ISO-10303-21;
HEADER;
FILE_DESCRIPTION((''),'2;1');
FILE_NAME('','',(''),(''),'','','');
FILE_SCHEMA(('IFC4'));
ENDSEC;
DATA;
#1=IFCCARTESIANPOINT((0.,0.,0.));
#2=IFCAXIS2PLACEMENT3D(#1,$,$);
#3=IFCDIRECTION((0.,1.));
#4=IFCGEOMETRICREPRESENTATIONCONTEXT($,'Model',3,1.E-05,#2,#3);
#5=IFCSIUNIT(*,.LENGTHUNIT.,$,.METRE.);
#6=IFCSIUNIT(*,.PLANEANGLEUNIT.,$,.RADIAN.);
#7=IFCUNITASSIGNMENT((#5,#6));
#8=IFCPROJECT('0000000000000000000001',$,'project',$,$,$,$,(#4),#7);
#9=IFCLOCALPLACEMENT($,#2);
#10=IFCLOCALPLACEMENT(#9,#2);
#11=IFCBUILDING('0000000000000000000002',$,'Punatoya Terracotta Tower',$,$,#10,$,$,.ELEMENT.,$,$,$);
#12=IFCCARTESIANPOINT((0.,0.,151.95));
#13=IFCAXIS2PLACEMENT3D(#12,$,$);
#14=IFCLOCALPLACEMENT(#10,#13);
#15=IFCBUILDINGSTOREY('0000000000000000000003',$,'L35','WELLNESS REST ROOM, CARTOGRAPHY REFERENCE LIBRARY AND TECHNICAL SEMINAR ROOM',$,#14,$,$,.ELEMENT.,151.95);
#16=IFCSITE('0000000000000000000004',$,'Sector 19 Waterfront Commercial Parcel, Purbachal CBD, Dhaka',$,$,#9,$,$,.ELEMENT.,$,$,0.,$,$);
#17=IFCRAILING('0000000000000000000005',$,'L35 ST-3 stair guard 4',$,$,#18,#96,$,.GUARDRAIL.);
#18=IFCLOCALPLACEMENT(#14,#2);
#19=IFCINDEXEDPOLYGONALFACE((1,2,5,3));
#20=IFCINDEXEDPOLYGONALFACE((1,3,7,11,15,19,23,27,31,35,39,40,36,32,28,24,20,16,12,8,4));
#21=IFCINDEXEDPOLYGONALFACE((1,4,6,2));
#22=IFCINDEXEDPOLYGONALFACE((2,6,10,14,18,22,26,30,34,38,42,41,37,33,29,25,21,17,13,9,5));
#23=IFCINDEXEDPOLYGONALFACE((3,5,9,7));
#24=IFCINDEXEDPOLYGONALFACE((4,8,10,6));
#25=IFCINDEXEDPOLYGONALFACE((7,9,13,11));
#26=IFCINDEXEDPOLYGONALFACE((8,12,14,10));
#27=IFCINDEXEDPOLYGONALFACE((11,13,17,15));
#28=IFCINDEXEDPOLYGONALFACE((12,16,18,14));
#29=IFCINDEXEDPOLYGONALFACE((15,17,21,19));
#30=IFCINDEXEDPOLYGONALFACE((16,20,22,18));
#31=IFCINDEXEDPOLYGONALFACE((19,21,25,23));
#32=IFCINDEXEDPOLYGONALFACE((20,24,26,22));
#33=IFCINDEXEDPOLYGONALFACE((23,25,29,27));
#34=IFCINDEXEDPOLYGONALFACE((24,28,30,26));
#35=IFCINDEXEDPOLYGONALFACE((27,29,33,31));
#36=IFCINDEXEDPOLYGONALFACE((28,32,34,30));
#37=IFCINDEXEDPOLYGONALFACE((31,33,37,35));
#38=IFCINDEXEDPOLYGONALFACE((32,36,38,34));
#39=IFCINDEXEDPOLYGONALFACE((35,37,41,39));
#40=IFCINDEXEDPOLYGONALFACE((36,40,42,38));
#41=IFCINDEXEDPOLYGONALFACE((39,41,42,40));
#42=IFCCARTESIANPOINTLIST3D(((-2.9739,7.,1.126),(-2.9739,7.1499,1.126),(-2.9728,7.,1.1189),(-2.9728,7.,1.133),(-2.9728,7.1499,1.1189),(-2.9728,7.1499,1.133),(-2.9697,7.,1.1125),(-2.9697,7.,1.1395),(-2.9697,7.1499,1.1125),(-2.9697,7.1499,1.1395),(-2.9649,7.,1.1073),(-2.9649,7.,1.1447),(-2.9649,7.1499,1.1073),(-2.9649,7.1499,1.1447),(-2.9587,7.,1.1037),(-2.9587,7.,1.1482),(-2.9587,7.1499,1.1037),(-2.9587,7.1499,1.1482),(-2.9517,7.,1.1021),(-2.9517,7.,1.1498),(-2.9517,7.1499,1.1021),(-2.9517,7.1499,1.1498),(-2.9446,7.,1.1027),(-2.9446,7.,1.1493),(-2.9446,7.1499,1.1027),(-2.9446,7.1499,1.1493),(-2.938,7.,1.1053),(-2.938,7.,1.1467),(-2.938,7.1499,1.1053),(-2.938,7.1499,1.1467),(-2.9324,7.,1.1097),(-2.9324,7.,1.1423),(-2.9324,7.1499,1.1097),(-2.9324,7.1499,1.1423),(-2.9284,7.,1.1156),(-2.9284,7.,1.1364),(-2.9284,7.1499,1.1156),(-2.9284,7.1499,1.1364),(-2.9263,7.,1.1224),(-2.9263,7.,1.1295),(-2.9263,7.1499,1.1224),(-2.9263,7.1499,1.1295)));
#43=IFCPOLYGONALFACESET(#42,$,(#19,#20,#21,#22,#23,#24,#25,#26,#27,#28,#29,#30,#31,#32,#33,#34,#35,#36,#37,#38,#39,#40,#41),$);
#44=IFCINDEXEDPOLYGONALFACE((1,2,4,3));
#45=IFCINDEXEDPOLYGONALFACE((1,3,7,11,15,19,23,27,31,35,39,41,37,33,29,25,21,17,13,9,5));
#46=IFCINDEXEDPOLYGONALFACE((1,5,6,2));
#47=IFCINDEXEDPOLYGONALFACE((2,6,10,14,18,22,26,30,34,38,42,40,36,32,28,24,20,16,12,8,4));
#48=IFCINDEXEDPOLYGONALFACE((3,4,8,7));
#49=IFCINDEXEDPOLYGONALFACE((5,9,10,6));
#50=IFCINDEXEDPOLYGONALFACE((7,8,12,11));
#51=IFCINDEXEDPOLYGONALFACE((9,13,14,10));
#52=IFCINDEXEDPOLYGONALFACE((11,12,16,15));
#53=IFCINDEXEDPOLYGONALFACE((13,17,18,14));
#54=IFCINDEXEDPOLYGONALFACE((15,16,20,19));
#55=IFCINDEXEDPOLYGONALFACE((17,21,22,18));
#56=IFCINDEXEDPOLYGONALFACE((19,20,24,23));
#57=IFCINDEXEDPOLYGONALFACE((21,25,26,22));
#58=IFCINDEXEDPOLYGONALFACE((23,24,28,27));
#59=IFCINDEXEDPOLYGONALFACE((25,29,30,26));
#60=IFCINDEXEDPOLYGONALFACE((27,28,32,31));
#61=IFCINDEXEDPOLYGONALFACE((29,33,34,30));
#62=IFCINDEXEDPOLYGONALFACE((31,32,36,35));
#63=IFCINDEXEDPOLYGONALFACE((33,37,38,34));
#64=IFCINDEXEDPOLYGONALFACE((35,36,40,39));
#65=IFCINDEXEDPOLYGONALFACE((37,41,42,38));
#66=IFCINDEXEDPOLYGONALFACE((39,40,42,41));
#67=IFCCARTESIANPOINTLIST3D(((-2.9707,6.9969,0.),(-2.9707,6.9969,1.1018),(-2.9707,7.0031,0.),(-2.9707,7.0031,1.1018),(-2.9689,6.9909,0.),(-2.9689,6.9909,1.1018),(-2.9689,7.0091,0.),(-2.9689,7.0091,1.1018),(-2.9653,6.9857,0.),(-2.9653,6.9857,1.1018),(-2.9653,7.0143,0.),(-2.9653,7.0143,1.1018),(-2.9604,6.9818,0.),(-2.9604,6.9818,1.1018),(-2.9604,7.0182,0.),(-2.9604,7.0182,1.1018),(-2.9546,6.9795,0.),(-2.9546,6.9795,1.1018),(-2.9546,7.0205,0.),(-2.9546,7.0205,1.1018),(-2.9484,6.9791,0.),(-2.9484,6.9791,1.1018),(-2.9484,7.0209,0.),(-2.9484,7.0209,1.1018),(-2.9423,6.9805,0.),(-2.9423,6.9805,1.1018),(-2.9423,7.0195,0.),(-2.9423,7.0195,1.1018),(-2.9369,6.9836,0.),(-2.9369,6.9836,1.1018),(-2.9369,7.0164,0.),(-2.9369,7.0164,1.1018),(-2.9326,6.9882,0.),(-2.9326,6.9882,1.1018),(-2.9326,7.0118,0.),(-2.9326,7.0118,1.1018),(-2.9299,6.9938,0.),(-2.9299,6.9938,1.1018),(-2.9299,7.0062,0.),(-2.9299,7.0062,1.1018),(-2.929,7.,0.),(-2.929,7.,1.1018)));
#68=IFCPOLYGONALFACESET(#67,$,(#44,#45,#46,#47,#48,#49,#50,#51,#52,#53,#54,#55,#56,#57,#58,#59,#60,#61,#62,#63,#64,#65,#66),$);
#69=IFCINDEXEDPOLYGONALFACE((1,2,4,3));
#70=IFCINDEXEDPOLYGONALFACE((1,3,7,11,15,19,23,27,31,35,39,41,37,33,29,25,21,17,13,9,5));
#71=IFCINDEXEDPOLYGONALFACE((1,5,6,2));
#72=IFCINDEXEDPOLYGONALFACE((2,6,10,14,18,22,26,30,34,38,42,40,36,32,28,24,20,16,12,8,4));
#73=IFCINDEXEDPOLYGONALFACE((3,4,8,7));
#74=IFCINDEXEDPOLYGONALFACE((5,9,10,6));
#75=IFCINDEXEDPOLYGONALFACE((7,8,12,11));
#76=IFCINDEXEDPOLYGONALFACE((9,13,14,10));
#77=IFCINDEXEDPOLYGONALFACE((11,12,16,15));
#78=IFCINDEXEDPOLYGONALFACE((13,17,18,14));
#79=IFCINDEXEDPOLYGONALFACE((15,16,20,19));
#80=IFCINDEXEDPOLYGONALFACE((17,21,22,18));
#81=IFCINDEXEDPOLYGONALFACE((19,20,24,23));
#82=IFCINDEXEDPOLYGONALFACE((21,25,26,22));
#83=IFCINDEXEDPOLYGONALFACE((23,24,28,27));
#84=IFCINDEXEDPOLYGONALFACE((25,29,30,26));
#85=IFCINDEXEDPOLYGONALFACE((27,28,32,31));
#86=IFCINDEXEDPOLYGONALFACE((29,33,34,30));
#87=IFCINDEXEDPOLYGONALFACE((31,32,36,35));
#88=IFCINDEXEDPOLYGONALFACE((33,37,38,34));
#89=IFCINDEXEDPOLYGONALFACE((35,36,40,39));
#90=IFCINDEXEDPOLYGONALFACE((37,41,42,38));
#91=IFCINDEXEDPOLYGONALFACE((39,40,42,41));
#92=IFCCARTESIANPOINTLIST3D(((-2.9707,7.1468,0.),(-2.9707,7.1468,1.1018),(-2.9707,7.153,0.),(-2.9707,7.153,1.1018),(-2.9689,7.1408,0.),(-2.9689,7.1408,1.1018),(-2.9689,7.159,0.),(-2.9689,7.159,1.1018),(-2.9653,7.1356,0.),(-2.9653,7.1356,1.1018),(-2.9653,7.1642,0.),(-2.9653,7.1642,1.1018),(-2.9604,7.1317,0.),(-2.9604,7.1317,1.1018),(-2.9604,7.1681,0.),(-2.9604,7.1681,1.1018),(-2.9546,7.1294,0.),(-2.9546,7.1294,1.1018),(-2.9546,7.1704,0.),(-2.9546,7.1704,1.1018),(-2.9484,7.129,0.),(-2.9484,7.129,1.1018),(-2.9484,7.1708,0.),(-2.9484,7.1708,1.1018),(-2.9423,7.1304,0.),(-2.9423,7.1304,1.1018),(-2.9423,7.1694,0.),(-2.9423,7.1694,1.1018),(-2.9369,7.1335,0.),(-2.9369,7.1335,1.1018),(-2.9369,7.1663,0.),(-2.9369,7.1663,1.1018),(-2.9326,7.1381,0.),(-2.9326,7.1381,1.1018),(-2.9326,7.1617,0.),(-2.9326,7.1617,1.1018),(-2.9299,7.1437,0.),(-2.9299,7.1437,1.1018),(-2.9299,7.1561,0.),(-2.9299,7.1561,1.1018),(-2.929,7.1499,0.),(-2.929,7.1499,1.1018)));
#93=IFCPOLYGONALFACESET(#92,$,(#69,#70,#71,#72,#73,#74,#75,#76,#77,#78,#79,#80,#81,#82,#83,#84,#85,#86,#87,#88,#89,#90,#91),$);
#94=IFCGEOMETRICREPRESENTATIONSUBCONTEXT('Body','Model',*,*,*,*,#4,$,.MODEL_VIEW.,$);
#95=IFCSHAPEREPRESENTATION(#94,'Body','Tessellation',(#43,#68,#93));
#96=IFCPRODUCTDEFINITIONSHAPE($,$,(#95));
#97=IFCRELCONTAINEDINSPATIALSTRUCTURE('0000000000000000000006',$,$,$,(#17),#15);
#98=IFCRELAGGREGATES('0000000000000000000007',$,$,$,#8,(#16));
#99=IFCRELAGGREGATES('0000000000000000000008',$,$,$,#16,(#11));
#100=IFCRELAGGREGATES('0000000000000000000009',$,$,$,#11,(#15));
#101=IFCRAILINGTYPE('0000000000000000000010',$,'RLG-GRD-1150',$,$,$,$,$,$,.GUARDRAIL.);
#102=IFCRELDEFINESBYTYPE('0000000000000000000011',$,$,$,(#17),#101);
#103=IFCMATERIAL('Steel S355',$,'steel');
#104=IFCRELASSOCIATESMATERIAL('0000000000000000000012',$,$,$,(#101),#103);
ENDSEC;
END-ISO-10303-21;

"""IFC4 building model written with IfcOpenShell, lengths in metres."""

from ifc_helpers import new_model, si_unit, direction, frame, origin, origin_2d, place, context, subcontext, project, spatial, circle, extrude, material, type_object, element, save


model = new_model("IFC4")

# Units and contexts
model_context = context("Model", 3, precision=1e-05, world=origin(), true_north=direction((0.0, 1.0)))
body_context = subcontext(model_context, "Body", "Model", "MODEL_VIEW")
ifc_project = project(units=[si_unit("LENGTHUNIT", "METRE"), si_unit("PLANEANGLEUNIT", "RADIAN")], contexts=[model_context])

# Site, building, storey
site_placement = place(None, origin())
site = spatial("IfcSite", under=ifc_project, at=site_placement, Name="Sector 19 Waterfront Commercial Parcel, Purbachal CBD, Dhaka", CompositionType="ELEMENT", RefElevation=0.0)
building_placement = place(site_placement, origin())
building = spatial("IfcBuilding", under=site, at=building_placement, Name="Punatoya Terracotta Tower", CompositionType="ELEMENT")
storey_placement = place(building_placement, frame((0.0, 0.0, 151.95)))
storey = spatial("IfcBuildingStorey", under=building, at=storey_placement, Name="L35", Description="WELLNESS REST ROOM, CARTOGRAPHY REFERENCE LIBRARY AND TECHNICAL SEMINAR ROOM", CompositionType="ELEMENT", Elevation=151.95)

# Shared definitions
ifc_material_1 = material(Name="Steel S355", Category="steel")

# Railing
railing_type_1 = type_object("IfcRailingType", Name="RLG-GRD-1150", PredefinedType="GUARDRAIL", material=ifc_material_1)
railing_1_placement = place(storey_placement, frame((-2.95, 7.0, 0.0)))
element("IfcRailing", 1, at=railing_1_placement, inside=storey, type_object=railing_type_1, Name="L35 ST-3 stair guard 4", PredefinedType="GUARDRAIL", context=body_context, shape_type="SweptSolid", body=[
    extrude(circle(Radius=0.0239, at=origin_2d()), frame((0.0, 0.0, 1.126), z_axis=(0.0, 1.0, 0.0), x_axis=(-1.0, 0.0, 0.0)), (0.0, 0.0, 1.0), 0.1499),
    extrude(circle(Radius=0.021, at=origin_2d()), origin(), (0.0, 0.0, 1.0), 1.1018),
    extrude(circle(Radius=0.021, at=origin_2d()), frame((0.0, 0.1499, 0.0)), (0.0, 0.0, 1.0), 1.1018),
])

save(model, "model.ifc")
